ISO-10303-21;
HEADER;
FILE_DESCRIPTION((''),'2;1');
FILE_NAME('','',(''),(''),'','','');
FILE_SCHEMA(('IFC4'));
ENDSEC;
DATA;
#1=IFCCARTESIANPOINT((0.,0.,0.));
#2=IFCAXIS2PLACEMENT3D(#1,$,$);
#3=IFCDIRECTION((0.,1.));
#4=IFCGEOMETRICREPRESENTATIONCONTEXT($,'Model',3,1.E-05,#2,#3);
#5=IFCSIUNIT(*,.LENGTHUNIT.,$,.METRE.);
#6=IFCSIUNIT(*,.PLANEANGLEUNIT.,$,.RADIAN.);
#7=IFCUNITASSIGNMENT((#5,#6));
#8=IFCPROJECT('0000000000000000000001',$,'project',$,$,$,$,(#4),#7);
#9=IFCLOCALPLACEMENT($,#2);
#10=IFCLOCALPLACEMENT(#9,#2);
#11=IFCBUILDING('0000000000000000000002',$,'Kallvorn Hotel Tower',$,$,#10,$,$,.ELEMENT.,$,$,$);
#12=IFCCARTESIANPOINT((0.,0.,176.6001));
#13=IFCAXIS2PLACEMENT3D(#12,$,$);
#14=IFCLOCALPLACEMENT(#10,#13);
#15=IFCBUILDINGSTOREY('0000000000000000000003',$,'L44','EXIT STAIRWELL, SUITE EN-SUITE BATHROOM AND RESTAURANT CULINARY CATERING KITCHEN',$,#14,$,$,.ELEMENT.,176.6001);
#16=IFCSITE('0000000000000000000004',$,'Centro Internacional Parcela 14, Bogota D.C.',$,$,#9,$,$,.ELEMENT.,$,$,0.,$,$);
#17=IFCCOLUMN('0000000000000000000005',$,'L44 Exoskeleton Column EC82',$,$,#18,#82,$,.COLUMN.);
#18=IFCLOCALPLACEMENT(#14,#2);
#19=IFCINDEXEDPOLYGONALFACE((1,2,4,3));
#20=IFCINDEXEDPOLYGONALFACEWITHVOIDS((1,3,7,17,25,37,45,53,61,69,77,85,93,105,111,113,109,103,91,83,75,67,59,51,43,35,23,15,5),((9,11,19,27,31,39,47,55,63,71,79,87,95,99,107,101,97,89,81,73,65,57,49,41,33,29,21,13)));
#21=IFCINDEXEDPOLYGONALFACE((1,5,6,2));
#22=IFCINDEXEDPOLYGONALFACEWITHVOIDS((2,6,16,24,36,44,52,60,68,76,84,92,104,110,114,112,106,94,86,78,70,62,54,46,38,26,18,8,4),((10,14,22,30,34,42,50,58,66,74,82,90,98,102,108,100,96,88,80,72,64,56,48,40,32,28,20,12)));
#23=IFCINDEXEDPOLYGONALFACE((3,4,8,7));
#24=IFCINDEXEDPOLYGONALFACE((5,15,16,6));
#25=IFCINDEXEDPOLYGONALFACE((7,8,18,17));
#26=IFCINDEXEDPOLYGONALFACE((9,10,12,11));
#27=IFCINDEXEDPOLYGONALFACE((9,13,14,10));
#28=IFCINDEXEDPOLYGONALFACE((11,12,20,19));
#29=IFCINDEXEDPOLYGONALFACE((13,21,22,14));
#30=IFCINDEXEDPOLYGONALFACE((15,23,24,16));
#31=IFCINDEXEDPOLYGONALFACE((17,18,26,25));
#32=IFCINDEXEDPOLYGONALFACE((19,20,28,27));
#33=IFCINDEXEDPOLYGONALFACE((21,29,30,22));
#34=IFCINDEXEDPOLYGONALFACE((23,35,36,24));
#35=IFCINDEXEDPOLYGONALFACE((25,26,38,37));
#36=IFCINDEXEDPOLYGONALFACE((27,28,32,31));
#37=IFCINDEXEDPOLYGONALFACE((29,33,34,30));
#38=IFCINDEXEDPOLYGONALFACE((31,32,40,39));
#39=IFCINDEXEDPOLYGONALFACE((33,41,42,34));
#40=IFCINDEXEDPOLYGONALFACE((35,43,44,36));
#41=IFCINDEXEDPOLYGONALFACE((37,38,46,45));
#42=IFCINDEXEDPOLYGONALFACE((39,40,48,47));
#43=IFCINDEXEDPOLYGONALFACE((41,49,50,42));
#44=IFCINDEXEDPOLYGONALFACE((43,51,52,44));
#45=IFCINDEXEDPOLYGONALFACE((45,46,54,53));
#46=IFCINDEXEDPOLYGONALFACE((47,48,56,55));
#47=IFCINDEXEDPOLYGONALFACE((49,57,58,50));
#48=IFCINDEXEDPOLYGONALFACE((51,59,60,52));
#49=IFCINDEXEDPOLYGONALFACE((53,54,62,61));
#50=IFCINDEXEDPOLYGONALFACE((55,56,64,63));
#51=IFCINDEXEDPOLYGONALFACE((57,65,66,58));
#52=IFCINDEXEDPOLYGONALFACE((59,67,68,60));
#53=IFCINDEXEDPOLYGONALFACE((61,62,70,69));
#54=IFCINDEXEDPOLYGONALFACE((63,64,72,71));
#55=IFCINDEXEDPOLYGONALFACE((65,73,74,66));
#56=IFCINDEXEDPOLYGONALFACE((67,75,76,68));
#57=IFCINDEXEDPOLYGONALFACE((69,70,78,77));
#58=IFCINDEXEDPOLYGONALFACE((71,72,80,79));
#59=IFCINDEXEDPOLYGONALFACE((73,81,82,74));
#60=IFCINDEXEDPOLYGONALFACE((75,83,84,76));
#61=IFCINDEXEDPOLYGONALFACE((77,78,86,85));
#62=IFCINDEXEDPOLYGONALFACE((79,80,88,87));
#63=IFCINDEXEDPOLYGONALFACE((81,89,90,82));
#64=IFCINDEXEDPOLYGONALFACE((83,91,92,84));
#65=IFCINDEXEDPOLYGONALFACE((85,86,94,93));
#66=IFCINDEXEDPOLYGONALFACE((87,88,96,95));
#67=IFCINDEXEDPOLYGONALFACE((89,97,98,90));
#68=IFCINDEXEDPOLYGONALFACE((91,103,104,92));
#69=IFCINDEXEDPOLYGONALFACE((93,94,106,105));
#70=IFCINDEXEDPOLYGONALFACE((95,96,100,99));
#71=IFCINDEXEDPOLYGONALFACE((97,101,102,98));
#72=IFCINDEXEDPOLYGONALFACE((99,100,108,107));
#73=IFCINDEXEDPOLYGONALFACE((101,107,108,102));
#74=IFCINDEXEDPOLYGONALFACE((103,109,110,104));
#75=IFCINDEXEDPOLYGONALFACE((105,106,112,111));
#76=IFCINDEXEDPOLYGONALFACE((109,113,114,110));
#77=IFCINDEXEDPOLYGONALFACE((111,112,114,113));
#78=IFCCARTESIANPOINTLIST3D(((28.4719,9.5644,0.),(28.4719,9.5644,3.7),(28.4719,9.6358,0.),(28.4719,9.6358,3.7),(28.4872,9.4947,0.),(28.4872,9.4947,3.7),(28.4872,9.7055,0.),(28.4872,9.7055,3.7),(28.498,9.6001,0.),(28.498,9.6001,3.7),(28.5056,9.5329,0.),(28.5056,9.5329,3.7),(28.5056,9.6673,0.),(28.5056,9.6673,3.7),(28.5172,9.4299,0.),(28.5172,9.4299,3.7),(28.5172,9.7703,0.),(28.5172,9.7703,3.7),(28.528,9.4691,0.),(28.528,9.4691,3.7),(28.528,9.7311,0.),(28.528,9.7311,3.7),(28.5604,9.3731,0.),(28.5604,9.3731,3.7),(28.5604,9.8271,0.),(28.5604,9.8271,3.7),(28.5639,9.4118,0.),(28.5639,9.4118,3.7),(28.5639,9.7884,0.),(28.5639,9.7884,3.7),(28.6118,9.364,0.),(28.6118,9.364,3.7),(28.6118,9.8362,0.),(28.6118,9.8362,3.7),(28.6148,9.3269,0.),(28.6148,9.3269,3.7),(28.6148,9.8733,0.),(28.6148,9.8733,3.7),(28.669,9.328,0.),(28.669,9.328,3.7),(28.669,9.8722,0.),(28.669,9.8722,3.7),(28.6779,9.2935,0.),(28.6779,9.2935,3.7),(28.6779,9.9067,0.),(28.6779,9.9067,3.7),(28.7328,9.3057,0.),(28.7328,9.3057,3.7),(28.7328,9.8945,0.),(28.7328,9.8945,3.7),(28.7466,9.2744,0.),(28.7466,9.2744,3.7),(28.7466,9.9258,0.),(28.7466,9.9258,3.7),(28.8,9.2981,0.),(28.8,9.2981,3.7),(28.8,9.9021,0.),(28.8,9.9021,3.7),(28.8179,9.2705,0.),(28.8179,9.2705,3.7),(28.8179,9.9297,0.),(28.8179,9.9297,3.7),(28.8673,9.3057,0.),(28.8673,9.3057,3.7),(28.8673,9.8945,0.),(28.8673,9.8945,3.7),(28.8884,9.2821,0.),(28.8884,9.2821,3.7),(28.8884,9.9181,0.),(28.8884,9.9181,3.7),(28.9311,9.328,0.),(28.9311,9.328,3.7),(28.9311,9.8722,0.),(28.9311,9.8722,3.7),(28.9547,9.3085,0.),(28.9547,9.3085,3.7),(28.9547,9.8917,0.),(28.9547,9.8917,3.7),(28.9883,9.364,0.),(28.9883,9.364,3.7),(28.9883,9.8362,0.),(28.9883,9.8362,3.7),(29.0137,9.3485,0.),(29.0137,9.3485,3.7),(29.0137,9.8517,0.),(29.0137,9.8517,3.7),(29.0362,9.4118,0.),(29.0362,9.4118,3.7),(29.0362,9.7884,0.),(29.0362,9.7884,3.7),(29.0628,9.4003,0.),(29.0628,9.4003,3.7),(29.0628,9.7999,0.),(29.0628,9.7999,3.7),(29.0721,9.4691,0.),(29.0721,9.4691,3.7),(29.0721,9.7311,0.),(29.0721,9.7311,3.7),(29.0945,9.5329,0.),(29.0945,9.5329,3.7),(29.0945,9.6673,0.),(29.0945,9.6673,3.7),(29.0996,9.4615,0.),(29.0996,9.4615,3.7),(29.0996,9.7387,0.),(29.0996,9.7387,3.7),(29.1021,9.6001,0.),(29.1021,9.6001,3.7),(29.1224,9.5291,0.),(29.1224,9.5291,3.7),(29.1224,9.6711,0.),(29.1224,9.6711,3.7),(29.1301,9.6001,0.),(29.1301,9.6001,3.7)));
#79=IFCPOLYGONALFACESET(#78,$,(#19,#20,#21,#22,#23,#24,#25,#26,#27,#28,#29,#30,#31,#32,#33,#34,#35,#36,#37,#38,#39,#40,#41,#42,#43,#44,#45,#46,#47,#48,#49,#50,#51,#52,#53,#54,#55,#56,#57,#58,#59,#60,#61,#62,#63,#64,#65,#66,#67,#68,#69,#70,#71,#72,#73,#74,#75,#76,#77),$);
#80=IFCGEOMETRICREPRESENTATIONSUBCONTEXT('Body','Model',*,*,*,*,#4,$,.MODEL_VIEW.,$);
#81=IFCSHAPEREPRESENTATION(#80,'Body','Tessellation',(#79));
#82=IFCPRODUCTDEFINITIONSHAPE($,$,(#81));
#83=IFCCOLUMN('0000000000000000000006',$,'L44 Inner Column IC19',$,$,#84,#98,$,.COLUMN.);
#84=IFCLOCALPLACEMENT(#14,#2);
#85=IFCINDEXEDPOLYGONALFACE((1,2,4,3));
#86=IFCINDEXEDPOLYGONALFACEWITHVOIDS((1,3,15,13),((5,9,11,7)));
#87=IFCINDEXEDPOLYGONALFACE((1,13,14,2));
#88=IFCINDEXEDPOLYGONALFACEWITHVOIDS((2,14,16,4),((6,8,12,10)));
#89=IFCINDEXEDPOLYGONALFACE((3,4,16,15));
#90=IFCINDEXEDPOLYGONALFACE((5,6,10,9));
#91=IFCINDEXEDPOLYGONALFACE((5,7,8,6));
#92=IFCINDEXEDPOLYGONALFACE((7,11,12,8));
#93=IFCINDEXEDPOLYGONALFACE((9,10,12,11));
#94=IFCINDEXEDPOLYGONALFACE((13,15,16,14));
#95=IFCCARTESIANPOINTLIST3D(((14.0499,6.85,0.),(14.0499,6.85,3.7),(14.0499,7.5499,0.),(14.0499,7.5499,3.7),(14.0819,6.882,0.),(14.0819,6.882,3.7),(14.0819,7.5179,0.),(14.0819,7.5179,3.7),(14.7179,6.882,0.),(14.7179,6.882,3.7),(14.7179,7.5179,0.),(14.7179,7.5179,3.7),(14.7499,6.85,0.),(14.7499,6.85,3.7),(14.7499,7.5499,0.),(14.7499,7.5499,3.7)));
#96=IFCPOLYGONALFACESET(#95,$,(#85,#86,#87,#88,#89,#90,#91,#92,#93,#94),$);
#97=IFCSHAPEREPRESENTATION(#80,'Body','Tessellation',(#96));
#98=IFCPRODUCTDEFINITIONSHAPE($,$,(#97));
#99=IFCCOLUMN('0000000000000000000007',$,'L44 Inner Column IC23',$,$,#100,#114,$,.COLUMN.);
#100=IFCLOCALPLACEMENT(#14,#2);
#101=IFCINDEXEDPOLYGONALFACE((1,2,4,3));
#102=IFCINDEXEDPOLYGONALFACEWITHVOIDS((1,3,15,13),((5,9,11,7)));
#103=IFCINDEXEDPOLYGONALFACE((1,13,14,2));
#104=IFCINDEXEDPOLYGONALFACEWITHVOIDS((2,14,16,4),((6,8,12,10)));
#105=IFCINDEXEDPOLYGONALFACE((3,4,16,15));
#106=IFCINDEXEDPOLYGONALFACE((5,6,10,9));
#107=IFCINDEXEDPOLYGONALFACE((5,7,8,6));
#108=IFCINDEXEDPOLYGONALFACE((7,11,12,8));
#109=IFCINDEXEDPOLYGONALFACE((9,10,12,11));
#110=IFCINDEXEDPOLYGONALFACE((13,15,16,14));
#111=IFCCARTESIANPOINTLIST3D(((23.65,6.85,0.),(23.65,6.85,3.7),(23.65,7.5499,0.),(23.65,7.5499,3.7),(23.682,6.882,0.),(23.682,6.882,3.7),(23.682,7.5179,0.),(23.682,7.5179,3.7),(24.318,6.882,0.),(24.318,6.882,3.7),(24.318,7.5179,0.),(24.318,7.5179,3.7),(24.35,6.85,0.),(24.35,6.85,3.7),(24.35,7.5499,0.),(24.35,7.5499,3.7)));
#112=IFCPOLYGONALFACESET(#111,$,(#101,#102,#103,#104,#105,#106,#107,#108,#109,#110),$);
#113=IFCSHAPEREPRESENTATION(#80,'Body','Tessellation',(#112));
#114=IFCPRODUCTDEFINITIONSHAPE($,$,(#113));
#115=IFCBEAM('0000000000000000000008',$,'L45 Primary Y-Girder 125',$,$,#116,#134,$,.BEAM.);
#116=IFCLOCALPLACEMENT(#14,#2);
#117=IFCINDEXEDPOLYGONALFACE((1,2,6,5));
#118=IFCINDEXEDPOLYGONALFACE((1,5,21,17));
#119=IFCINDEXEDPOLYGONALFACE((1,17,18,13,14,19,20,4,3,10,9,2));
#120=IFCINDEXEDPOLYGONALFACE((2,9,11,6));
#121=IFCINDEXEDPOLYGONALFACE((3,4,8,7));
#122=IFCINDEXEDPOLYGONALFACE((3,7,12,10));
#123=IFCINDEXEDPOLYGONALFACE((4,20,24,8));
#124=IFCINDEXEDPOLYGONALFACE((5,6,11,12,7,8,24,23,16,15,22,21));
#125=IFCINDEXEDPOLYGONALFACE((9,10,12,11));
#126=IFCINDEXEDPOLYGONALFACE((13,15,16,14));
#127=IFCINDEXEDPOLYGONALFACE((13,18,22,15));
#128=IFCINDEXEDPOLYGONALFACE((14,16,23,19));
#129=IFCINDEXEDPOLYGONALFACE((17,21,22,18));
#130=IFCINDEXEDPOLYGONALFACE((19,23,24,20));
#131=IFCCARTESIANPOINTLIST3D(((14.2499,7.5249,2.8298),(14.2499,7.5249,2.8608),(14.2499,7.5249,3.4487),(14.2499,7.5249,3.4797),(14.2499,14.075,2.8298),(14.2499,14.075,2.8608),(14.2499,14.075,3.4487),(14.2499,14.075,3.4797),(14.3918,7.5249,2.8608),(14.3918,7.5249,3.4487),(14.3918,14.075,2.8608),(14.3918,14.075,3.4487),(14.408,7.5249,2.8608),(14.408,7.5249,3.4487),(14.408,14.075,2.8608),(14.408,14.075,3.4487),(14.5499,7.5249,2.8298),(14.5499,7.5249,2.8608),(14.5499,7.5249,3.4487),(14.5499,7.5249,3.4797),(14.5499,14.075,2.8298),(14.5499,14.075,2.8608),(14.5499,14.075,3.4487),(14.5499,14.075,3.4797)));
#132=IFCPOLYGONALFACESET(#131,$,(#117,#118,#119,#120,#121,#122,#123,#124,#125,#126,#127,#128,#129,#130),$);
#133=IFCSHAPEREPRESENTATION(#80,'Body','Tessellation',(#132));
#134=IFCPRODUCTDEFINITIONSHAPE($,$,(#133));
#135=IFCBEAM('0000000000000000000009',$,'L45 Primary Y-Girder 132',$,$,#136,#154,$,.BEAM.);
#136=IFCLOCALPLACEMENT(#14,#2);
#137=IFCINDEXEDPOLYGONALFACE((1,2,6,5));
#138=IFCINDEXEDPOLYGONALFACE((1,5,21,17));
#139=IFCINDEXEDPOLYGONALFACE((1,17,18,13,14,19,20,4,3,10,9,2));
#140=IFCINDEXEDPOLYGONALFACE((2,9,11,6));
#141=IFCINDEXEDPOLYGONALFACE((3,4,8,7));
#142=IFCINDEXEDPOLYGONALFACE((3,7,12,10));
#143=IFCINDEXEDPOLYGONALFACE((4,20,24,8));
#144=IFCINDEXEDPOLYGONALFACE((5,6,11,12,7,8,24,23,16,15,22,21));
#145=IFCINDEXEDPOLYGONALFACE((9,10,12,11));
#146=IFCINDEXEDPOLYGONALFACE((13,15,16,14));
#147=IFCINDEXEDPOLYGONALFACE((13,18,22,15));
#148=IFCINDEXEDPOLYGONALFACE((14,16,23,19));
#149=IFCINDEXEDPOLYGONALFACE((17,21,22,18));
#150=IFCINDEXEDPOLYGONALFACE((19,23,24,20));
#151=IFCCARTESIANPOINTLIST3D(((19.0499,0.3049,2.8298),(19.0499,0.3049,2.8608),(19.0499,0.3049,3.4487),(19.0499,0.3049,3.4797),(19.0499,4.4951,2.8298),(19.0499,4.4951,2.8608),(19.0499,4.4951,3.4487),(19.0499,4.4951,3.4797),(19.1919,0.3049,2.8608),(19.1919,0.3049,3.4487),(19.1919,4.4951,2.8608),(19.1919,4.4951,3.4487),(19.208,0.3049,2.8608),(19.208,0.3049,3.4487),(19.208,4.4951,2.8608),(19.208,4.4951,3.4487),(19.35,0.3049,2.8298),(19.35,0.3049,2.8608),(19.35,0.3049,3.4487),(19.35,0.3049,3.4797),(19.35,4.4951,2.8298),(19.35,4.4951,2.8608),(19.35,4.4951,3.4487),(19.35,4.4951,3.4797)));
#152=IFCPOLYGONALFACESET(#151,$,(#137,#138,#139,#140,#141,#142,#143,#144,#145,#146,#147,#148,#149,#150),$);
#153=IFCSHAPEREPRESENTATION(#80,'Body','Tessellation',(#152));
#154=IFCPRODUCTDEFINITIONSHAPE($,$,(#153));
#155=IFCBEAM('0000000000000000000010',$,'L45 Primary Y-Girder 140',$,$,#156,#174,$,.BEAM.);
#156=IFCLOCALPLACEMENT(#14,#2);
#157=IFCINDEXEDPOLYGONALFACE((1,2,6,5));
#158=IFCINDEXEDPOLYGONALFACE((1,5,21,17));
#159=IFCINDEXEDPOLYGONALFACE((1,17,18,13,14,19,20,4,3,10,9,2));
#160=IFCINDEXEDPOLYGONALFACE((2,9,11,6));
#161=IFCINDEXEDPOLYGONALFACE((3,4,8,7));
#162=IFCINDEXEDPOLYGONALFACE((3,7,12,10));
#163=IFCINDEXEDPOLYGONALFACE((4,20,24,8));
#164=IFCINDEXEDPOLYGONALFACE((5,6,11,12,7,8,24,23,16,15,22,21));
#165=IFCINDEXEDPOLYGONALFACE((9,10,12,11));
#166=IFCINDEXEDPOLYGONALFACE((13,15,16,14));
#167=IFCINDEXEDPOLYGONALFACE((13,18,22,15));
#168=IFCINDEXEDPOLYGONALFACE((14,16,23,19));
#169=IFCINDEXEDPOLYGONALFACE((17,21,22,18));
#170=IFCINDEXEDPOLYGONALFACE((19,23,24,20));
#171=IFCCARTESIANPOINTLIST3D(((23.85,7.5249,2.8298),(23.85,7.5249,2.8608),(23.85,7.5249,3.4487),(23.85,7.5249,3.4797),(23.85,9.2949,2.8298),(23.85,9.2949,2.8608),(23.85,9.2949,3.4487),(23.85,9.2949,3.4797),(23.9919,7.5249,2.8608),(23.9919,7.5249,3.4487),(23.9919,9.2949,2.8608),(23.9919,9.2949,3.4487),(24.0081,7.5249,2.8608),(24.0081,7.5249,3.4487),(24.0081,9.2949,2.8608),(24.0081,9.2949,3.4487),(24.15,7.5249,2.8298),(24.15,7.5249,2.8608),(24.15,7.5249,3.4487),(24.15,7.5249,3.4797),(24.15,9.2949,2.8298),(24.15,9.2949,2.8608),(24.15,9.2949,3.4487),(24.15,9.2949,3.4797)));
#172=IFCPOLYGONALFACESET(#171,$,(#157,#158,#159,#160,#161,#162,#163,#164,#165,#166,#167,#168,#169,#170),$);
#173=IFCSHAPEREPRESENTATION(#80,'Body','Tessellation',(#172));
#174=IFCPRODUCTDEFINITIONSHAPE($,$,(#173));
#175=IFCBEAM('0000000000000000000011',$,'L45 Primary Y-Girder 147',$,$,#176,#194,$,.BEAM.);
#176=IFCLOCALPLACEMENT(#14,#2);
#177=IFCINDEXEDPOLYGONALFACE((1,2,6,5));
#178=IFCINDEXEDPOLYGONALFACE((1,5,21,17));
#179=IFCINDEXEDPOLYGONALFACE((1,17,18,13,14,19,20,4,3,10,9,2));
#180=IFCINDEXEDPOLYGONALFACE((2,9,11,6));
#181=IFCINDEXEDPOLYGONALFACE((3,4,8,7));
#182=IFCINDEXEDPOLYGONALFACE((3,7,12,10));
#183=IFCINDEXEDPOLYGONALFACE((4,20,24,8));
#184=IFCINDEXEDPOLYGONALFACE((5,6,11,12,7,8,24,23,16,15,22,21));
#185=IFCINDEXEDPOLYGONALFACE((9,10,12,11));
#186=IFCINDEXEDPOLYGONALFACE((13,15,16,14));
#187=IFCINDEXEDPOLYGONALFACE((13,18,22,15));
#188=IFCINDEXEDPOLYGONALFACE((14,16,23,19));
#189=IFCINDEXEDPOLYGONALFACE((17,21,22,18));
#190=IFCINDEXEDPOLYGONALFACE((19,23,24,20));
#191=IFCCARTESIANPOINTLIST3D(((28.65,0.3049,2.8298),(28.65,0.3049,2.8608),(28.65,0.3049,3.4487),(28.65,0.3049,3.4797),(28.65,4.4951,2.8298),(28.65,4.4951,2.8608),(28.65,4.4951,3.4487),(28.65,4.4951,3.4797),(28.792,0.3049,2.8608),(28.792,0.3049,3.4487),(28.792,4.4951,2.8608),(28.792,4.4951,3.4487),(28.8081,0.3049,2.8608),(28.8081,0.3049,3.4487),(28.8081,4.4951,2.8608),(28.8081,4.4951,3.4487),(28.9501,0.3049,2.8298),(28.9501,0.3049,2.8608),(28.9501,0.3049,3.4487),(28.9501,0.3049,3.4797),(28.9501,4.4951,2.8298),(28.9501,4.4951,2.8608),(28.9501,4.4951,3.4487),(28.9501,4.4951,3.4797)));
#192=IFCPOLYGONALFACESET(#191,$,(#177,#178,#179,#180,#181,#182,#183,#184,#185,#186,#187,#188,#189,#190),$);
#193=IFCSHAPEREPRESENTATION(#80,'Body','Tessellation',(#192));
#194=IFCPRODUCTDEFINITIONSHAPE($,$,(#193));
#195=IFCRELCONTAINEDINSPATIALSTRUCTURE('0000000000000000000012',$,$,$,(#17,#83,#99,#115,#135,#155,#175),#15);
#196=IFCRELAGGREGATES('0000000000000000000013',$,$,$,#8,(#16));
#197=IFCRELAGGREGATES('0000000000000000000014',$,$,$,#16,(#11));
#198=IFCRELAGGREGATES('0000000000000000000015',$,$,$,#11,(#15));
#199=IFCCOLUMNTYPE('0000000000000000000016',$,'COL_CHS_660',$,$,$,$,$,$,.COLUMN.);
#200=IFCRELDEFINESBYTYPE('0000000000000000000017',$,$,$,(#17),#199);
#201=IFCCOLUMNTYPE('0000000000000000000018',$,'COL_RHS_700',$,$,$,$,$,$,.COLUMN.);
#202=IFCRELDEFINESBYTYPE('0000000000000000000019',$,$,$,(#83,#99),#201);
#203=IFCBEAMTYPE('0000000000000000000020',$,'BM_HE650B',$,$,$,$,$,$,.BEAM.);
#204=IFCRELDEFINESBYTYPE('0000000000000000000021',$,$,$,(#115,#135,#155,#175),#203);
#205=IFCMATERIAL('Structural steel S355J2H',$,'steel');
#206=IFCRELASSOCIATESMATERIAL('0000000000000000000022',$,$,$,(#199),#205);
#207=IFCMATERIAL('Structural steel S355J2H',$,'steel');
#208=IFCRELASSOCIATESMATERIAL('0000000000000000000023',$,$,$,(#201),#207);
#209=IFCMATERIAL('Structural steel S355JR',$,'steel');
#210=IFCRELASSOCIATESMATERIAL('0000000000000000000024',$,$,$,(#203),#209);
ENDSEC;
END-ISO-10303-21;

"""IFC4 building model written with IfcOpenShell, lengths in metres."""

from ifc_helpers import new_model, si_unit, direction, frame, origin, origin_2d, place, context, subcontext, project, spatial, hollow_rectangle, hollow_circle, i_section, extrude, material, material_profile, profile_set, type_object, element, save


model = new_model("IFC4")

# Units and contexts
model_context = context("Model", 3, precision=1e-05, world=origin(), true_north=direction((0.0, 1.0)))
body_context = subcontext(model_context, "Body", "Model", "MODEL_VIEW")
ifc_project = project(units=[si_unit("LENGTHUNIT", "METRE"), si_unit("PLANEANGLEUNIT", "RADIAN")], contexts=[model_context])

# Site, building, storey
site_placement = place(None, origin())
site = spatial("IfcSite", under=ifc_project, at=site_placement, Name="Centro Internacional Parcela 14, Bogota D.C.", CompositionType="ELEMENT", RefElevation=0.0)
building_placement = place(site_placement, origin())
building = spatial("IfcBuilding", under=site, at=building_placement, Name="Kallvorn Hotel Tower", CompositionType="ELEMENT")
storey_placement = place(building_placement, frame((0.0, 0.0, 176.6001)))
storey = spatial("IfcBuildingStorey", under=building, at=storey_placement, Name="L44", Description="EXIT STAIRWELL, SUITE EN-SUITE BATHROOM AND RESTAURANT CULINARY CATERING KITCHEN", CompositionType="ELEMENT", Elevation=176.6001)

# Columns
ifc_material_1 = material(Name="Structural steel S355J2H", Category="steel")
ifc_material_profile_1 = material_profile(ifc_material_1, hollow_circle(Radius=0.3301, WallThickness=0.0281, at=origin_2d()), Name="CHS 660x28")
ifc_profile_set_1 = profile_set([ifc_material_profile_1], Name="Structural steel S355J2H")
column_type_1 = type_object("IfcColumnType", Name="COL_CHS_660", PredefinedType="COLUMN", material=ifc_profile_set_1)
for number, where, z_axis, x_axis, name in (
    (1, (28.8, 9.6001, 0.0), (0.0, 0.0, 1.0), (1.0, 0.0, 0.0), "L44 Exoskeleton Column EC82"),
):
    element("IfcColumn", number, at=place(storey_placement, frame(where, z_axis=z_axis, x_axis=x_axis)), inside=storey, type_object=column_type_1, Name=name, PredefinedType="COLUMN", context=body_context, shape_type="SweptSolid", body=[
        extrude(hollow_circle(Radius=0.3301, WallThickness=0.0281, at=origin_2d()), origin(), (0.0, 0.0, 1.0), 3.7),
    ])
ifc_material_2 = material(Name="Structural steel S355J2H", Category="steel")
ifc_material_profile_2 = material_profile(ifc_material_2, hollow_rectangle(XDim=0.7, YDim=0.7, WallThickness=0.032, at=origin_2d()), Name="RHS 700x700x32")
ifc_profile_set_2 = profile_set([ifc_material_profile_2], Name="Structural steel S355J2H")
column_type_2 = type_object("IfcColumnType", Name="COL_RHS_700", PredefinedType="COLUMN", material=ifc_profile_set_2)
for number, where, z_axis, x_axis, name in (
    (2, (14.3999, 7.2, 0.0), (0.0, 0.0, 1.0), (1.0, 0.0, 0.0), "L44 Inner Column IC19"),
    (3, (24.0, 7.2, 0.0), (0.0, 0.0, 1.0), (1.0, 0.0, 0.0), "L44 Inner Column IC23"),
):
    element("IfcColumn", number, at=place(storey_placement, frame(where, z_axis=z_axis, x_axis=x_axis)), inside=storey, type_object=column_type_2, Name=name, PredefinedType="COLUMN", context=body_context, shape_type="SweptSolid", body=[
        extrude(hollow_rectangle(XDim=0.7, YDim=0.7, WallThickness=0.032, at=origin_2d()), origin(), (0.0, 0.0, 1.0), 3.7),
    ])

# Beams
ifc_material_3 = material(Name="Structural steel S355JR", Category="steel")
ifc_material_profile_3 = material_profile(ifc_material_3, i_section(OverallWidth=0.3, OverallDepth=0.6499, WebThickness=0.0161, FlangeThickness=0.031, at=origin_2d()), Name="HE 650 B")
ifc_profile_set_3 = profile_set([ifc_material_profile_3], Name="Structural steel S355JR")
beam_type_1 = type_object("IfcBeamType", Name="BM_HE650B", PredefinedType="BEAM", material=ifc_profile_set_3)
beam_1_placement = place(storey_placement, frame((14.3999, 7.5249, 3.1548), z_axis=(0.0, 1.0, 0.0), x_axis=(-1.0, 0.0, 0.0)))
element("IfcBeam", 4, at=beam_1_placement, inside=storey, type_object=beam_type_1, Name="L45 Primary Y-Girder 125", PredefinedType="BEAM", context=body_context, shape_type="SweptSolid", body=[
    extrude(i_section(OverallWidth=0.3, OverallDepth=0.6499, WebThickness=0.0161, FlangeThickness=0.031, at=origin_2d()), origin(), (0.0, 0.0, 1.0), 6.55),
])
beam_2_placement = place(storey_placement, frame((19.2, 0.3049, 3.1548), z_axis=(0.0, 1.0, 0.0), x_axis=(-1.0, 0.0, 0.0)))
element("IfcBeam", 5, at=beam_2_placement, inside=storey, type_object=beam_type_1, Name="L45 Primary Y-Girder 132", PredefinedType="BEAM", context=body_context, shape_type="SweptSolid", body=[
    extrude(i_section(OverallWidth=0.3, OverallDepth=0.6499, WebThickness=0.0161, FlangeThickness=0.031, at=origin_2d()), origin(), (0.0, 0.0, 1.0), 4.1902),
])
beam_3_placement = place(storey_placement, frame((24.0, 7.5249, 3.1548), z_axis=(0.0, 1.0, 0.0), x_axis=(-1.0, 0.0, 0.0)))
element("IfcBeam", 6, at=beam_3_placement, inside=storey, type_object=beam_type_1, Name="L45 Primary Y-Girder 140", PredefinedType="BEAM", context=body_context, shape_type="SweptSolid", body=[
    extrude(i_section(OverallWidth=0.3, OverallDepth=0.6499, WebThickness=0.0161, FlangeThickness=0.031, at=origin_2d()), origin(), (0.0, 0.0, 1.0), 1.77),
])
beam_4_placement = place(storey_placement, frame((28.8, 0.3049, 3.1548), z_axis=(0.0, 1.0, 0.0), x_axis=(-1.0, 0.0, 0.0)))
element("IfcBeam", 7, at=beam_4_placement, inside=storey, type_object=beam_type_1, Name="L45 Primary Y-Girder 147", PredefinedType="BEAM", context=body_context, shape_type="SweptSolid", body=[
    extrude(i_section(OverallWidth=0.3, OverallDepth=0.6499, WebThickness=0.0161, FlangeThickness=0.031, at=origin_2d()), origin(), (0.0, 0.0, 1.0), 4.1902),
])

save(model, "model.ifc")
